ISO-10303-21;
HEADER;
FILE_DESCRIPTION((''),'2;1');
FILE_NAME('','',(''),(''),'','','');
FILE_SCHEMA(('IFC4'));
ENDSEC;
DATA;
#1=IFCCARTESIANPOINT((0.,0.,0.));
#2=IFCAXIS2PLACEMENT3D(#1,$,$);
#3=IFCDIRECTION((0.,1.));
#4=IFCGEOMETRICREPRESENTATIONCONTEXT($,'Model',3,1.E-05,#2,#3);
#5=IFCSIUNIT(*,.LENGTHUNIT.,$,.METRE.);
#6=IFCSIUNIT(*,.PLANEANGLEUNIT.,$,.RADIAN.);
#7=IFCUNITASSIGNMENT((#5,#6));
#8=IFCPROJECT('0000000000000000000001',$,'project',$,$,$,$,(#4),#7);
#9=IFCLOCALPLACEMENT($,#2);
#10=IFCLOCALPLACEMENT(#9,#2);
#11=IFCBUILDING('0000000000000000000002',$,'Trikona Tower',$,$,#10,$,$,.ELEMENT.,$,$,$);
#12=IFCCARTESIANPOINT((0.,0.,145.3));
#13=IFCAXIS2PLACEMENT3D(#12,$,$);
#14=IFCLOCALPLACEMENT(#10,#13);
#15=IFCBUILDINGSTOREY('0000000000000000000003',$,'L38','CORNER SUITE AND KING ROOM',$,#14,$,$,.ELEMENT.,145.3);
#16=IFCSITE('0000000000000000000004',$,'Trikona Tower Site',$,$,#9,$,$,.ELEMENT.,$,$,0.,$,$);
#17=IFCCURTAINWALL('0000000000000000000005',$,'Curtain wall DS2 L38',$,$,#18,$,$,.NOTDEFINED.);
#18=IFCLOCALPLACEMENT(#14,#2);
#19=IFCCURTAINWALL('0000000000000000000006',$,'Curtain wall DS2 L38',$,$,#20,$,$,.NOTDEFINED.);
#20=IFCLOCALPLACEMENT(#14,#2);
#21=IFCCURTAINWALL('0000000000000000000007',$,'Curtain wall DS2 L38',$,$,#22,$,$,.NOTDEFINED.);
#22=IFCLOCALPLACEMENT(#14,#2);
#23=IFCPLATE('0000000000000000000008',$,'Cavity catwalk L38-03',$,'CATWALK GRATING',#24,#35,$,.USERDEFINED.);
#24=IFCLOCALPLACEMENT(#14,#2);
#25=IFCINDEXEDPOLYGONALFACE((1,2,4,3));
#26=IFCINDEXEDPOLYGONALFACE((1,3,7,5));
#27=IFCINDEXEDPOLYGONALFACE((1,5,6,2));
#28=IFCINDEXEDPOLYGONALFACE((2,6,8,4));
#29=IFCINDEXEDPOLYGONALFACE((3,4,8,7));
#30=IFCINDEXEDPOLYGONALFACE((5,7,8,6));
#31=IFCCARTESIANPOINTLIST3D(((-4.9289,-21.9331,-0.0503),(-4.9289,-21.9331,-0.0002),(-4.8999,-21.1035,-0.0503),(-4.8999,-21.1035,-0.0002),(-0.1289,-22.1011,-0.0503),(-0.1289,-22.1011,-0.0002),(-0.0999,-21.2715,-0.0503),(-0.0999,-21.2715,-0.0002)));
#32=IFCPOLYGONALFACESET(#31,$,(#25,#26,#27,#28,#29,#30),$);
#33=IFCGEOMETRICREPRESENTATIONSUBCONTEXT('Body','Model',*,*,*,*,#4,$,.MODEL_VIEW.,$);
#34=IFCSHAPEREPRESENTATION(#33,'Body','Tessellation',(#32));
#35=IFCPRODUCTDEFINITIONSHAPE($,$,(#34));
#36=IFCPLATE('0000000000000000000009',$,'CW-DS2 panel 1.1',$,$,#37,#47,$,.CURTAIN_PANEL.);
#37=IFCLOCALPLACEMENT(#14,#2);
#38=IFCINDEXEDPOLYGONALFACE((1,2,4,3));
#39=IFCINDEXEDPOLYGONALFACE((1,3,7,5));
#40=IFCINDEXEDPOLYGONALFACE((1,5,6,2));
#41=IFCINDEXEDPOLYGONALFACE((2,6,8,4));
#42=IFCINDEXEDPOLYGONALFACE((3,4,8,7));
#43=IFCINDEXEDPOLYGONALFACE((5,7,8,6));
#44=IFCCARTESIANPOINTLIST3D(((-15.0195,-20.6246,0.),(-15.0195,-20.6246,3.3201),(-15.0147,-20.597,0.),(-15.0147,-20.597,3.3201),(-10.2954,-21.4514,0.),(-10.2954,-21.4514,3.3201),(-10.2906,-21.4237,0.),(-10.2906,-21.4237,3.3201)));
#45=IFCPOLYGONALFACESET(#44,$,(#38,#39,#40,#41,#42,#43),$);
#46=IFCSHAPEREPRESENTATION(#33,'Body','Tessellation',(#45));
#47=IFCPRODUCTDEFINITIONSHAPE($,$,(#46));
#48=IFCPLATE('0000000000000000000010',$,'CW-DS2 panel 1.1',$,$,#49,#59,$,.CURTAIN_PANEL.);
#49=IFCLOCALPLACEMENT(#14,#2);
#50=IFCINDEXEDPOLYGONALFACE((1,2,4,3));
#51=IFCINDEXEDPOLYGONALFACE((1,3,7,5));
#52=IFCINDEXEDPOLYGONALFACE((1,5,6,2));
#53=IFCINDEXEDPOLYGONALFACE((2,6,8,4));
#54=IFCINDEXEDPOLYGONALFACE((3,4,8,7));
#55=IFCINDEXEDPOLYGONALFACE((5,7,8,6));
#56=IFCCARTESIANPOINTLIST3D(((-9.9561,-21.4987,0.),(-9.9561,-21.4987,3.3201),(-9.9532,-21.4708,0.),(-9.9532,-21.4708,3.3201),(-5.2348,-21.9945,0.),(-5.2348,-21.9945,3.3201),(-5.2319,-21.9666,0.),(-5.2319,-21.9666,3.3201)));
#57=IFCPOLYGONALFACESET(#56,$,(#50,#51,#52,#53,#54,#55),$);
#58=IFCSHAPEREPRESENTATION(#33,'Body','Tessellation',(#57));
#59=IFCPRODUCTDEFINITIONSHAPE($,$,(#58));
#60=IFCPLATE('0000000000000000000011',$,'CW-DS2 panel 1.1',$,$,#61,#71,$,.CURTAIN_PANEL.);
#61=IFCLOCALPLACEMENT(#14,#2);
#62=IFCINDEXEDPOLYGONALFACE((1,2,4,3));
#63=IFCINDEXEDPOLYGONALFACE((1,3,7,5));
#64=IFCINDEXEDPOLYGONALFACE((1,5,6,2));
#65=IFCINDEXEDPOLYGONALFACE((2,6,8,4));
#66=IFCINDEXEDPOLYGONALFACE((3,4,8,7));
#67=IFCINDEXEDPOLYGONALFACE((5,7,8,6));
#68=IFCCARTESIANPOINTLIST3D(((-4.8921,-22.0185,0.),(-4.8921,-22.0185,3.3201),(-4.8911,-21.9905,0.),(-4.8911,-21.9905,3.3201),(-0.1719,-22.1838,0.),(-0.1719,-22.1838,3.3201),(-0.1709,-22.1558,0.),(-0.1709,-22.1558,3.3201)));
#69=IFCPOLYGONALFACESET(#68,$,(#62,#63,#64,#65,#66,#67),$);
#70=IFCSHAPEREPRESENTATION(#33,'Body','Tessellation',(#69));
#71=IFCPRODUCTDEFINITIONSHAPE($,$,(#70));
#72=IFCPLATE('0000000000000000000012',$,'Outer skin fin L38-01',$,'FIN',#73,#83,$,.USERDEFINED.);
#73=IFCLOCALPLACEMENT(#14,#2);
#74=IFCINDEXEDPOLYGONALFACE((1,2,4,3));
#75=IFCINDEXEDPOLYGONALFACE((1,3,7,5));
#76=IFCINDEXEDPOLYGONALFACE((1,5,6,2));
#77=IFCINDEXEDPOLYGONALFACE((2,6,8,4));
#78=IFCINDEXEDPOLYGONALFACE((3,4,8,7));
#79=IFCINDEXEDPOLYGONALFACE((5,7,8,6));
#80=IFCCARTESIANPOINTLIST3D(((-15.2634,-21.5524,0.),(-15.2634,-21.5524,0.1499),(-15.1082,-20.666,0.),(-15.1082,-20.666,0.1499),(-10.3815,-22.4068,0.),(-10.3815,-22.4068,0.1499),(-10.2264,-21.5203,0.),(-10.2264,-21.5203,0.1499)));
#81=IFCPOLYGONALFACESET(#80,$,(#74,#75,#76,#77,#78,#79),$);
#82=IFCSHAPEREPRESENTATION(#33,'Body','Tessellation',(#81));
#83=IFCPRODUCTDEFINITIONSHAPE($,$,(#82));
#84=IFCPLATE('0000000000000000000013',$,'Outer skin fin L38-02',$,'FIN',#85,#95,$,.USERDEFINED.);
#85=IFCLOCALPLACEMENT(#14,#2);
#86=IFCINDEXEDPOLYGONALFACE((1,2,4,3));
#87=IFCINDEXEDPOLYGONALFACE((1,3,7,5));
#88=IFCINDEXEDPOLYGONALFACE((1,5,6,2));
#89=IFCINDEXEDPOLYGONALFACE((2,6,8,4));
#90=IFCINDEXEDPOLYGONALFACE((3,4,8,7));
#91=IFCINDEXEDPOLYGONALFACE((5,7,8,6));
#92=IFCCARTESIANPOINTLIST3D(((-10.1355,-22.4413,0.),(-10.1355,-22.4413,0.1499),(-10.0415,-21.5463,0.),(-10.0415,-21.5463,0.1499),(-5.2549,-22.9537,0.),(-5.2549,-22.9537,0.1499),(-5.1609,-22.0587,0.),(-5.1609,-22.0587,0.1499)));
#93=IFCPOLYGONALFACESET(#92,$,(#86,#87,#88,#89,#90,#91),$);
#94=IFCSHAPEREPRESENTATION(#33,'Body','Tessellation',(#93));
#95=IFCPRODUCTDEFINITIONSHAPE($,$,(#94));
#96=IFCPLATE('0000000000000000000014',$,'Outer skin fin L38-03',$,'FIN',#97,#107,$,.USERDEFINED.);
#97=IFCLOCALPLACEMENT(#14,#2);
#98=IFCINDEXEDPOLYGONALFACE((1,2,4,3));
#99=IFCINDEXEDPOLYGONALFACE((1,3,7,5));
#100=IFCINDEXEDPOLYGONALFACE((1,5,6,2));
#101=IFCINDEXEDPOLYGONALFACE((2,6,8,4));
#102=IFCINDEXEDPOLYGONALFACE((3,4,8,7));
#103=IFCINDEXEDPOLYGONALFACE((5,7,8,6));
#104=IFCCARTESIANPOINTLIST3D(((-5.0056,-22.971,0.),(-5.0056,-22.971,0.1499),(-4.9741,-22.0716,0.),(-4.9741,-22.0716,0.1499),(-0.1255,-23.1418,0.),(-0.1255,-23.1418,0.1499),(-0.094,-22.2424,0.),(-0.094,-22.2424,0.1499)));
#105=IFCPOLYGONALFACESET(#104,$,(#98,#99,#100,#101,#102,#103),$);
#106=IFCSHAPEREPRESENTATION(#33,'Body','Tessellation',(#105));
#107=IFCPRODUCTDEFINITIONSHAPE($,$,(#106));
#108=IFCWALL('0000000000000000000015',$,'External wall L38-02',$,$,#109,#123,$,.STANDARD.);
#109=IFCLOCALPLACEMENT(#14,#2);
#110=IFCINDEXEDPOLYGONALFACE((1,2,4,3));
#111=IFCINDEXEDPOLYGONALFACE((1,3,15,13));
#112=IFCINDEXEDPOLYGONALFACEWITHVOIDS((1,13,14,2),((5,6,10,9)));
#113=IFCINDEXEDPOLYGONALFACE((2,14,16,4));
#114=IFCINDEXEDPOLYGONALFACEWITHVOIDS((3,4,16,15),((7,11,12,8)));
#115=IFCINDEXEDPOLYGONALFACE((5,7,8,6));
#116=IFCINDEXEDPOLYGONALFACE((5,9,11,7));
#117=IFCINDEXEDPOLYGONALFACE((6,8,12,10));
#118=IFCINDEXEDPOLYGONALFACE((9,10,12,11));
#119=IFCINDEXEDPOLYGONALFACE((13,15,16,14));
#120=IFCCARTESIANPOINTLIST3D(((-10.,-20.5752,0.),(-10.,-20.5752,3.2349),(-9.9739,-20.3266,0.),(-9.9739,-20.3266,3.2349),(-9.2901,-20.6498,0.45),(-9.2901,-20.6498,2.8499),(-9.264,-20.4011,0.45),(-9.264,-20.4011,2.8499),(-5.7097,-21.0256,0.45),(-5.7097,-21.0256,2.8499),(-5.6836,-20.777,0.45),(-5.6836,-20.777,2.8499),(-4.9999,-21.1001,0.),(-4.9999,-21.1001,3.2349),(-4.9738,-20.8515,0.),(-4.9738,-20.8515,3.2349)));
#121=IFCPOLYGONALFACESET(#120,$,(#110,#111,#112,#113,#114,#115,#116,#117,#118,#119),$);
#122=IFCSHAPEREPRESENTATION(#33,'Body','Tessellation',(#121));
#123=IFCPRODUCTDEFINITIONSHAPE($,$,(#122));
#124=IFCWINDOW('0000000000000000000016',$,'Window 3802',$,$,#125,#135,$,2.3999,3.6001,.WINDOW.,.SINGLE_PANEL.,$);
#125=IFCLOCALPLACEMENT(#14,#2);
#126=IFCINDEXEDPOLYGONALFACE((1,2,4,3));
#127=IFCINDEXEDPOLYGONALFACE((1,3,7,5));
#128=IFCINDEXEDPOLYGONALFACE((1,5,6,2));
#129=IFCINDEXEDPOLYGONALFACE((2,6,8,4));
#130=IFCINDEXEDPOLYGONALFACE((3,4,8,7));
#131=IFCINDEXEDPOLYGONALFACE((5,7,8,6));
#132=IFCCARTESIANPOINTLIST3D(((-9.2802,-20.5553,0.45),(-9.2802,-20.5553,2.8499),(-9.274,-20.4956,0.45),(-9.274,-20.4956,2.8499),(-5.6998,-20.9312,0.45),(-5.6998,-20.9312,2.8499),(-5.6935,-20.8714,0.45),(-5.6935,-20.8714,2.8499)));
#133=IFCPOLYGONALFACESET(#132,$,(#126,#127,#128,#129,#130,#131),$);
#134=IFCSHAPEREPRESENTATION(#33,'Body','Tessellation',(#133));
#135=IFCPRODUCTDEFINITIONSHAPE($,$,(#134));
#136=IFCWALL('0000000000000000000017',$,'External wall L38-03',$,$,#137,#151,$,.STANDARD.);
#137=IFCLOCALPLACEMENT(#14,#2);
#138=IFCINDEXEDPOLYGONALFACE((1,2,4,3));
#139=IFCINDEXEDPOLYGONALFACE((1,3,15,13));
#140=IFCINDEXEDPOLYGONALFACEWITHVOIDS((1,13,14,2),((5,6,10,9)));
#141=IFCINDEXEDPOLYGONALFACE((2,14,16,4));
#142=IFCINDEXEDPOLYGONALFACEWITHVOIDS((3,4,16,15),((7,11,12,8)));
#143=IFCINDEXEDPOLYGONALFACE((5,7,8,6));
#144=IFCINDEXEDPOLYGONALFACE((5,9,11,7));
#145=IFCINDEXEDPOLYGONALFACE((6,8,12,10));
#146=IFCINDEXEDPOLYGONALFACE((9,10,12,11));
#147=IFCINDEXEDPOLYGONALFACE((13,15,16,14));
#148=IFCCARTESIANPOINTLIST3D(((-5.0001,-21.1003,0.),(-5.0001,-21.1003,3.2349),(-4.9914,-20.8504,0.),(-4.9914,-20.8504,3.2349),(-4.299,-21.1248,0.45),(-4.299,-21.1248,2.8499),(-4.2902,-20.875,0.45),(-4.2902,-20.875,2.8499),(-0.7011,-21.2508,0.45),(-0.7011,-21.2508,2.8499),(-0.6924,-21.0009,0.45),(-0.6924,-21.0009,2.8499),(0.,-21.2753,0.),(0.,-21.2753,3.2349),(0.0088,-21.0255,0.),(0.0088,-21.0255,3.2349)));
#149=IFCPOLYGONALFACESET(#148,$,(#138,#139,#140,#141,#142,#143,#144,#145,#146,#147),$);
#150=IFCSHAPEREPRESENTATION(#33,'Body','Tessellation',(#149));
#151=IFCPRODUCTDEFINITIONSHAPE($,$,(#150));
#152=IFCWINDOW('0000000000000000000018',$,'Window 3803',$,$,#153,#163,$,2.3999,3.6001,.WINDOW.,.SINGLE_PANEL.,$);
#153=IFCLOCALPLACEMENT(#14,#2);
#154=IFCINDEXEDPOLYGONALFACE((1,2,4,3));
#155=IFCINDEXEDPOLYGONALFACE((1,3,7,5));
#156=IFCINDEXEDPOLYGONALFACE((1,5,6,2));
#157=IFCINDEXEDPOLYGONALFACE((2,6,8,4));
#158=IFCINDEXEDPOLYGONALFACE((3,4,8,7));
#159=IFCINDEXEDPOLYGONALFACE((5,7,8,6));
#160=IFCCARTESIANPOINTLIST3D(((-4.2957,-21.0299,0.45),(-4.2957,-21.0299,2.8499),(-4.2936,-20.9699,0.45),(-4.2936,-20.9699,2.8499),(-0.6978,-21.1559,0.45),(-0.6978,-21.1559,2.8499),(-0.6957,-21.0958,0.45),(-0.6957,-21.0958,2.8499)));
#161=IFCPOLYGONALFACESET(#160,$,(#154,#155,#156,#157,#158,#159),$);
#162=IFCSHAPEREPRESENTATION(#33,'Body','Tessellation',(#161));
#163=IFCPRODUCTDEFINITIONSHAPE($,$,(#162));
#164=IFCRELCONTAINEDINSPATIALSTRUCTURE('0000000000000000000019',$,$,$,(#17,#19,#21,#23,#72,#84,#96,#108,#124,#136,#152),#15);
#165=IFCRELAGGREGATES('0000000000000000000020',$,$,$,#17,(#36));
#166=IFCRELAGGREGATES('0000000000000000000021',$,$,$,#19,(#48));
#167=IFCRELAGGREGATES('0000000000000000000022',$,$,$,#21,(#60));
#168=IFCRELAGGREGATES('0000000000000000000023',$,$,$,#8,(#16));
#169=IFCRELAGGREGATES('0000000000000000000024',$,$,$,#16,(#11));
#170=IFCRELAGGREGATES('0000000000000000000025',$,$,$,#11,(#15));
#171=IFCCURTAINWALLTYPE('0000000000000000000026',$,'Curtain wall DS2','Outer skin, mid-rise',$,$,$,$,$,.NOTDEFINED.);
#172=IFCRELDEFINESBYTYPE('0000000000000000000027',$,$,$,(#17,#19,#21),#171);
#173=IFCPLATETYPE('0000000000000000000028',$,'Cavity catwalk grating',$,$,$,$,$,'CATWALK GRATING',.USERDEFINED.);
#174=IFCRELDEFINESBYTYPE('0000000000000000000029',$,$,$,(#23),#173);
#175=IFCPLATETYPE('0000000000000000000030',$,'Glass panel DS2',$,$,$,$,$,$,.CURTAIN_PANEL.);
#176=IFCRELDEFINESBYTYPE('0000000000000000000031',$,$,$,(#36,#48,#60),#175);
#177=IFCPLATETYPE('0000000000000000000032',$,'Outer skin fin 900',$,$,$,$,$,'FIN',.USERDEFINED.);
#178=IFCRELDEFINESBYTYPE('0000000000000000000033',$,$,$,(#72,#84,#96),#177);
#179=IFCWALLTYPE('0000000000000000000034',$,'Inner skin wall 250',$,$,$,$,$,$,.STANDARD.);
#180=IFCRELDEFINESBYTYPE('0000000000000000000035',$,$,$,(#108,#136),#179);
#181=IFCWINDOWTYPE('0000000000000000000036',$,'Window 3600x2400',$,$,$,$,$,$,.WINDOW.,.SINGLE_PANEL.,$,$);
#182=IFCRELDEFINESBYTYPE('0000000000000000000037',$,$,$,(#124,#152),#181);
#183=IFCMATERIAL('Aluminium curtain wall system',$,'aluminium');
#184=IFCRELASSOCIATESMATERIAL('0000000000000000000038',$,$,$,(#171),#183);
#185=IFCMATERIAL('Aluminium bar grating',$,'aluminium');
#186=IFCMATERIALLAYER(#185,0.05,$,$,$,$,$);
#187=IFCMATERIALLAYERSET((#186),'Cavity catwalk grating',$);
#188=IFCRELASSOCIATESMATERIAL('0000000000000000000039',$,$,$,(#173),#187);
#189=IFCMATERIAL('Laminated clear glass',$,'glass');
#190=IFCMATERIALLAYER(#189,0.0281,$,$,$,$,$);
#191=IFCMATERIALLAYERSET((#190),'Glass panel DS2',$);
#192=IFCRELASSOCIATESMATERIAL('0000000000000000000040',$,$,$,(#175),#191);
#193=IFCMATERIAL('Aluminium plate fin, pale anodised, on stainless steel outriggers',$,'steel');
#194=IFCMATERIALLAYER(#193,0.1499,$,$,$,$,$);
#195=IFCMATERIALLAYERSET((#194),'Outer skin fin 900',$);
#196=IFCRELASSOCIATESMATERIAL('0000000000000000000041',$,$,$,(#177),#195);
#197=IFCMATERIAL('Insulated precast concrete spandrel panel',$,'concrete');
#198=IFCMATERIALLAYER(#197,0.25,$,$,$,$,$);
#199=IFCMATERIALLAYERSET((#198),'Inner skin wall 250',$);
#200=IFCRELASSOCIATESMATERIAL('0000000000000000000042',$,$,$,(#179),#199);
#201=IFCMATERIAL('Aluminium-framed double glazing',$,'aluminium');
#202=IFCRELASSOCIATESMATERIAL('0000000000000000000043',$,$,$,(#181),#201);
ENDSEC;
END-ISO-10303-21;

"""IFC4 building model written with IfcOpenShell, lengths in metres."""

from ifc_helpers import new_model, si_unit, direction, frame, frame_2d, origin, origin_2d, place, context, subcontext, project, spatial, rectangle, extrude, material, layer, layer_set, type_object, element, fill, aggregate, save


model = new_model("IFC4")

# Units and contexts
model_context = context("Model", 3, precision=1e-05, world=origin(), true_north=direction((0.0, 1.0)))
body_context = subcontext(model_context, "Body", "Model", "MODEL_VIEW")
ifc_project = project(units=[si_unit("LENGTHUNIT", "METRE"), si_unit("PLANEANGLEUNIT", "RADIAN")], contexts=[model_context])

# Site, building, storey
site_placement = place(None, origin())
site = spatial("IfcSite", under=ifc_project, at=site_placement, Name="Trikona Tower Site", CompositionType="ELEMENT", RefElevation=0.0)
building_placement = place(site_placement, origin())
building = spatial("IfcBuilding", under=site, at=building_placement, Name="Trikona Tower", CompositionType="ELEMENT")
storey_placement = place(building_placement, frame((0.0, 0.0, 145.3)))
storey = spatial("IfcBuildingStorey", under=building, at=storey_placement, Name="L38", Description="CORNER SUITE AND KING ROOM", CompositionType="ELEMENT", Elevation=145.3)

# Curtain wall
ifc_material_1 = material(Name="Aluminium curtain wall system", Category="aluminium")
curtain_wall_type = type_object("IfcCurtainWallType", Name="Curtain wall DS2", Description="Outer skin, mid-rise", PredefinedType="NOTDEFINED", material=ifc_material_1)
curtain_wall_1_placement = place(storey_placement, origin())
curtain_wall_1 = element("IfcCurtainWall", 1, at=curtain_wall_1_placement, inside=storey, type_object=curtain_wall_type, Name="Curtain wall DS2 L38", PredefinedType="NOTDEFINED")

# Curtain walls
curtain_wall_2_placement = place(storey_placement, origin())
curtain_wall_2 = element("IfcCurtainWall", 2, at=curtain_wall_2_placement, inside=storey, type_object=curtain_wall_type, Name="Curtain wall DS2 L38", PredefinedType="NOTDEFINED")
curtain_wall_3_placement = place(storey_placement, origin())
curtain_wall_3 = element("IfcCurtainWall", 3, at=curtain_wall_3_placement, inside=storey, type_object=curtain_wall_type, Name="Curtain wall DS2 L38", PredefinedType="NOTDEFINED")

# Plate
ifc_material_2 = material(Name="Aluminium bar grating", Category="aluminium")
ifc_layer_1 = layer(ifc_material_2, 0.05)
ifc_layer_set_1 = layer_set([ifc_layer_1], Name="Cavity catwalk grating")
plate_type_1 = type_object("IfcPlateType", Name="Cavity catwalk grating", ElementType="CATWALK GRATING", PredefinedType="USERDEFINED", material=ifc_layer_set_1)
plate_1_placement = place(storey_placement, frame((-2.5144, -21.6023, -0.0503), z_axis=(0.0, 0.0, 1.0), x_axis=(0.999388, -0.034978, 0.0)))
element("IfcPlate", 4, at=plate_1_placement, inside=storey, type_object=plate_type_1, Name="Cavity catwalk L38-03", ObjectType="CATWALK GRATING", PredefinedType="USERDEFINED", context=body_context, shape_type="SweptSolid", body=[
    extrude(rectangle(XDim=4.803, YDim=0.8301, at=origin_2d()), origin(), (0.0, 0.0, 1.0), 0.05),
])

# Plates
ifc_material_3 = material(Name="Laminated clear glass", Category="glass")
ifc_layer_2 = layer(ifc_material_3, 0.0281)
ifc_layer_set_2 = layer_set([ifc_layer_2], Name="Glass panel DS2")
plate_type_2 = type_object("IfcPlateType", Name="Glass panel DS2", PredefinedType="CURTAIN_PANEL", material=ifc_layer_set_2)
plate_2_placement = place(storey_placement, frame((-12.655, -21.0242, 0.0), z_axis=(0.0, 0.0, 1.0), x_axis=(0.985031, -0.172377, 0.0)))
plate_2 = element("IfcPlate", 5, at=plate_2_placement, type_object=plate_type_2, Name="CW-DS2 panel 1.1", PredefinedType="CURTAIN_PANEL", context=body_context, shape_type="SweptSolid", body=[
    extrude(rectangle(XDim=4.7959, YDim=0.0281, at=origin_2d()), origin(), (0.0, 0.0, 1.0), 3.3201),
])
aggregate(curtain_wall_1, [plate_2])
plate_3_placement = place(storey_placement, frame((-7.594, -21.7327, 0.0), z_axis=(0.0, 0.0, 1.0), x_axis=(0.994532, -0.104433, 0.0)))
plate_3 = element("IfcPlate", 6, at=plate_3_placement, type_object=plate_type_2, Name="CW-DS2 panel 1.1", PredefinedType="CURTAIN_PANEL", context=body_context, shape_type="SweptSolid", body=[
    extrude(rectangle(XDim=4.7473, YDim=0.0281, at=origin_2d()), origin(), (0.0, 0.0, 1.0), 3.3201),
])
aggregate(curtain_wall_2, [plate_3])
plate_4_placement = place(storey_placement, frame((-2.5315, -22.0872, 0.0), z_axis=(0.0, 0.0, 1.0), x_axis=(0.999387, -0.034998, 0.0)))
plate_4 = element("IfcPlate", 7, at=plate_4_placement, type_object=plate_type_2, Name="CW-DS2 panel 1.1", PredefinedType="CURTAIN_PANEL", context=body_context, shape_type="SweptSolid", body=[
    extrude(rectangle(XDim=4.7231, YDim=0.0281, at=origin_2d()), origin(), (0.0, 0.0, 1.0), 3.3201),
])
aggregate(curtain_wall_3, [plate_4])

# Plates
ifc_material_4 = material(Name="Aluminium plate fin, pale anodised, on stainless steel outriggers", Category="steel")
ifc_layer_3 = layer(ifc_material_4, 0.1499)
ifc_layer_set_3 = layer_set([ifc_layer_3], Name="Outer skin fin 900")
plate_type_3 = type_object("IfcPlateType", Name="Outer skin fin 900", ElementType="FIN", PredefinedType="USERDEFINED", material=ifc_layer_set_3)
plate_5_placement = place(storey_placement, frame((-12.7449, -21.5364, 0.0), z_axis=(0.0, 0.0, 1.0), x_axis=(0.985031, -0.17238, 0.0)))
element("IfcPlate", 8, at=plate_5_placement, inside=storey, type_object=plate_type_3, Name="Outer skin fin L38-01", ObjectType="FIN", PredefinedType="USERDEFINED", context=body_context, shape_type="SweptSolid", body=[
    extrude(rectangle(XDim=4.9561, YDim=0.8999, at=origin_2d()), origin(), (0.0, 0.0, 1.0), 0.1499),
])
plate_6_placement = place(storey_placement, frame((-7.6482, -22.25, 0.0), z_axis=(0.0, 0.0, 1.0), x_axis=(0.994533, -0.104426, 0.0)))
element("IfcPlate", 9, at=plate_6_placement, inside=storey, type_object=plate_type_3, Name="Outer skin fin L38-02", ObjectType="FIN", PredefinedType="USERDEFINED", context=body_context, shape_type="SweptSolid", body=[
    extrude(rectangle(XDim=4.9075, YDim=0.8999, at=origin_2d()), origin(), (0.0, 0.0, 1.0), 0.1499),
])
plate_7_placement = place(storey_placement, frame((-2.5498, -22.6067, 0.0), z_axis=(0.0, 0.0, 1.0), x_axis=(0.999388, -0.034978, 0.0)))
element("IfcPlate", 10, at=plate_7_placement, inside=storey, type_object=plate_type_3, Name="Outer skin fin L38-03", ObjectType="FIN", PredefinedType="USERDEFINED", context=body_context, shape_type="SweptSolid", body=[
    extrude(rectangle(XDim=4.8831, YDim=0.8999, at=origin_2d()), origin(), (0.0, 0.0, 1.0), 0.1499),
])

# Walls, openings, windows
ifc_material_5 = material(Name="Insulated precast concrete spandrel panel", Category="concrete")
ifc_layer_4 = layer(ifc_material_5, 0.25)
ifc_layer_set_4 = layer_set([ifc_layer_4], Name="Inner skin wall 250")
wall_type = type_object("IfcWallType", Name="Inner skin wall 250", PredefinedType="STANDARD", material=ifc_layer_set_4)
wall_1_placement = place(storey_placement, frame((-9.9868, -20.4509, 0.0), z_axis=(0.0, 0.0, 1.0), x_axis=(0.994535, -0.104407, 0.0)))
wall_1 = element("IfcWall", 11, at=wall_1_placement, inside=storey, type_object=wall_type, Name="External wall L38-02", PredefinedType="STANDARD", context=body_context, shape_type="SweptSolid", body=[
    extrude(rectangle(XDim=5.0276, YDim=0.25, at=frame_2d((2.5137, 0.0))), origin(), (0.0, 0.0, 1.0), 3.2349),
])
opening_1_placement = place(wall_1_placement, frame((0.7136, 0.0, 0.45)))
opening_1 = element("IfcOpeningElement", 12, at=opening_1_placement, cuts=wall_1, PredefinedType="OPENING", context=body_context, shape_type="SweptSolid", body=[
    extrude(rectangle(XDim=3.6001, YDim=2.3999, at=frame_2d((1.8, 1.2))), frame((0.0, 0.135, 0.0), z_axis=(0.0, -1.0, 0.0), x_axis=(1.0, 0.0, 0.0)), (0.0, 0.0, 1.0), 0.27),
])
ifc_material_6 = material(Name="Aluminium-framed double glazing", Category="aluminium")
window_type = type_object("IfcWindowType", Name="Window 3600x2400", PartitioningType="SINGLE_PANEL", PredefinedType="WINDOW", material=ifc_material_6)
window_1_placement = place(opening_1_placement, origin())
window_1 = element("IfcWindow", 13, at=window_1_placement, inside=storey, type_object=window_type, Name="Window 3802", OverallHeight=2.3999, OverallWidth=3.6001, PartitioningType="SINGLE_PANEL", PredefinedType="WINDOW", context=body_context, shape_type="SweptSolid", body=[
    extrude(rectangle(XDim=3.6001, YDim=2.3999, at=frame_2d((1.8, 1.2))), frame((0.0, 0.03, 0.0), z_axis=(0.0, -1.0, 0.0), x_axis=(1.0, 0.0, 0.0)), (0.0, 0.0, 1.0), 0.0601),
])
fill(opening_1, window_1)
wall_2_placement = place(storey_placement, frame((-4.9956, -20.9753, 0.0), z_axis=(0.0, 0.0, 1.0), x_axis=(0.999388, -0.034988, 0.0)))
wall_2 = element("IfcWall", 14, at=wall_2_placement, inside=storey, type_object=wall_type, Name="External wall L38-03", PredefinedType="STANDARD", context=body_context, shape_type="SweptSolid", body=[
    extrude(rectangle(XDim=5.0032, YDim=0.25, at=frame_2d((2.5015, 0.0))), origin(), (0.0, 0.0, 1.0), 3.2349),
])
opening_2_placement = place(wall_2_placement, frame((0.7014, 0.0, 0.45)))
opening_2 = element("IfcOpeningElement", 15, at=opening_2_placement, cuts=wall_2, PredefinedType="OPENING", context=body_context, shape_type="SweptSolid", body=[
    extrude(rectangle(XDim=3.6001, YDim=2.3999, at=frame_2d((1.8, 1.2))), frame((0.0, 0.135, 0.0), z_axis=(0.0, -1.0, 0.0), x_axis=(1.0, 0.0, 0.0)), (0.0, 0.0, 1.0), 0.27),
])
window_2_placement = place(opening_2_placement, origin())
window_2 = element("IfcWindow", 16, at=window_2_placement, inside=storey, type_object=window_type, Name="Window 3803", OverallHeight=2.3999, OverallWidth=3.6001, PartitioningType="SINGLE_PANEL", PredefinedType="WINDOW", context=body_context, shape_type="SweptSolid", body=[
    extrude(rectangle(XDim=3.6001, YDim=2.3999, at=frame_2d((1.8, 1.2))), frame((0.0, 0.03, 0.0), z_axis=(0.0, -1.0, 0.0), x_axis=(1.0, 0.0, 0.0)), (0.0, 0.0, 1.0), 0.0601),
])
fill(opening_2, window_2)

save(model, "model.ifc")
